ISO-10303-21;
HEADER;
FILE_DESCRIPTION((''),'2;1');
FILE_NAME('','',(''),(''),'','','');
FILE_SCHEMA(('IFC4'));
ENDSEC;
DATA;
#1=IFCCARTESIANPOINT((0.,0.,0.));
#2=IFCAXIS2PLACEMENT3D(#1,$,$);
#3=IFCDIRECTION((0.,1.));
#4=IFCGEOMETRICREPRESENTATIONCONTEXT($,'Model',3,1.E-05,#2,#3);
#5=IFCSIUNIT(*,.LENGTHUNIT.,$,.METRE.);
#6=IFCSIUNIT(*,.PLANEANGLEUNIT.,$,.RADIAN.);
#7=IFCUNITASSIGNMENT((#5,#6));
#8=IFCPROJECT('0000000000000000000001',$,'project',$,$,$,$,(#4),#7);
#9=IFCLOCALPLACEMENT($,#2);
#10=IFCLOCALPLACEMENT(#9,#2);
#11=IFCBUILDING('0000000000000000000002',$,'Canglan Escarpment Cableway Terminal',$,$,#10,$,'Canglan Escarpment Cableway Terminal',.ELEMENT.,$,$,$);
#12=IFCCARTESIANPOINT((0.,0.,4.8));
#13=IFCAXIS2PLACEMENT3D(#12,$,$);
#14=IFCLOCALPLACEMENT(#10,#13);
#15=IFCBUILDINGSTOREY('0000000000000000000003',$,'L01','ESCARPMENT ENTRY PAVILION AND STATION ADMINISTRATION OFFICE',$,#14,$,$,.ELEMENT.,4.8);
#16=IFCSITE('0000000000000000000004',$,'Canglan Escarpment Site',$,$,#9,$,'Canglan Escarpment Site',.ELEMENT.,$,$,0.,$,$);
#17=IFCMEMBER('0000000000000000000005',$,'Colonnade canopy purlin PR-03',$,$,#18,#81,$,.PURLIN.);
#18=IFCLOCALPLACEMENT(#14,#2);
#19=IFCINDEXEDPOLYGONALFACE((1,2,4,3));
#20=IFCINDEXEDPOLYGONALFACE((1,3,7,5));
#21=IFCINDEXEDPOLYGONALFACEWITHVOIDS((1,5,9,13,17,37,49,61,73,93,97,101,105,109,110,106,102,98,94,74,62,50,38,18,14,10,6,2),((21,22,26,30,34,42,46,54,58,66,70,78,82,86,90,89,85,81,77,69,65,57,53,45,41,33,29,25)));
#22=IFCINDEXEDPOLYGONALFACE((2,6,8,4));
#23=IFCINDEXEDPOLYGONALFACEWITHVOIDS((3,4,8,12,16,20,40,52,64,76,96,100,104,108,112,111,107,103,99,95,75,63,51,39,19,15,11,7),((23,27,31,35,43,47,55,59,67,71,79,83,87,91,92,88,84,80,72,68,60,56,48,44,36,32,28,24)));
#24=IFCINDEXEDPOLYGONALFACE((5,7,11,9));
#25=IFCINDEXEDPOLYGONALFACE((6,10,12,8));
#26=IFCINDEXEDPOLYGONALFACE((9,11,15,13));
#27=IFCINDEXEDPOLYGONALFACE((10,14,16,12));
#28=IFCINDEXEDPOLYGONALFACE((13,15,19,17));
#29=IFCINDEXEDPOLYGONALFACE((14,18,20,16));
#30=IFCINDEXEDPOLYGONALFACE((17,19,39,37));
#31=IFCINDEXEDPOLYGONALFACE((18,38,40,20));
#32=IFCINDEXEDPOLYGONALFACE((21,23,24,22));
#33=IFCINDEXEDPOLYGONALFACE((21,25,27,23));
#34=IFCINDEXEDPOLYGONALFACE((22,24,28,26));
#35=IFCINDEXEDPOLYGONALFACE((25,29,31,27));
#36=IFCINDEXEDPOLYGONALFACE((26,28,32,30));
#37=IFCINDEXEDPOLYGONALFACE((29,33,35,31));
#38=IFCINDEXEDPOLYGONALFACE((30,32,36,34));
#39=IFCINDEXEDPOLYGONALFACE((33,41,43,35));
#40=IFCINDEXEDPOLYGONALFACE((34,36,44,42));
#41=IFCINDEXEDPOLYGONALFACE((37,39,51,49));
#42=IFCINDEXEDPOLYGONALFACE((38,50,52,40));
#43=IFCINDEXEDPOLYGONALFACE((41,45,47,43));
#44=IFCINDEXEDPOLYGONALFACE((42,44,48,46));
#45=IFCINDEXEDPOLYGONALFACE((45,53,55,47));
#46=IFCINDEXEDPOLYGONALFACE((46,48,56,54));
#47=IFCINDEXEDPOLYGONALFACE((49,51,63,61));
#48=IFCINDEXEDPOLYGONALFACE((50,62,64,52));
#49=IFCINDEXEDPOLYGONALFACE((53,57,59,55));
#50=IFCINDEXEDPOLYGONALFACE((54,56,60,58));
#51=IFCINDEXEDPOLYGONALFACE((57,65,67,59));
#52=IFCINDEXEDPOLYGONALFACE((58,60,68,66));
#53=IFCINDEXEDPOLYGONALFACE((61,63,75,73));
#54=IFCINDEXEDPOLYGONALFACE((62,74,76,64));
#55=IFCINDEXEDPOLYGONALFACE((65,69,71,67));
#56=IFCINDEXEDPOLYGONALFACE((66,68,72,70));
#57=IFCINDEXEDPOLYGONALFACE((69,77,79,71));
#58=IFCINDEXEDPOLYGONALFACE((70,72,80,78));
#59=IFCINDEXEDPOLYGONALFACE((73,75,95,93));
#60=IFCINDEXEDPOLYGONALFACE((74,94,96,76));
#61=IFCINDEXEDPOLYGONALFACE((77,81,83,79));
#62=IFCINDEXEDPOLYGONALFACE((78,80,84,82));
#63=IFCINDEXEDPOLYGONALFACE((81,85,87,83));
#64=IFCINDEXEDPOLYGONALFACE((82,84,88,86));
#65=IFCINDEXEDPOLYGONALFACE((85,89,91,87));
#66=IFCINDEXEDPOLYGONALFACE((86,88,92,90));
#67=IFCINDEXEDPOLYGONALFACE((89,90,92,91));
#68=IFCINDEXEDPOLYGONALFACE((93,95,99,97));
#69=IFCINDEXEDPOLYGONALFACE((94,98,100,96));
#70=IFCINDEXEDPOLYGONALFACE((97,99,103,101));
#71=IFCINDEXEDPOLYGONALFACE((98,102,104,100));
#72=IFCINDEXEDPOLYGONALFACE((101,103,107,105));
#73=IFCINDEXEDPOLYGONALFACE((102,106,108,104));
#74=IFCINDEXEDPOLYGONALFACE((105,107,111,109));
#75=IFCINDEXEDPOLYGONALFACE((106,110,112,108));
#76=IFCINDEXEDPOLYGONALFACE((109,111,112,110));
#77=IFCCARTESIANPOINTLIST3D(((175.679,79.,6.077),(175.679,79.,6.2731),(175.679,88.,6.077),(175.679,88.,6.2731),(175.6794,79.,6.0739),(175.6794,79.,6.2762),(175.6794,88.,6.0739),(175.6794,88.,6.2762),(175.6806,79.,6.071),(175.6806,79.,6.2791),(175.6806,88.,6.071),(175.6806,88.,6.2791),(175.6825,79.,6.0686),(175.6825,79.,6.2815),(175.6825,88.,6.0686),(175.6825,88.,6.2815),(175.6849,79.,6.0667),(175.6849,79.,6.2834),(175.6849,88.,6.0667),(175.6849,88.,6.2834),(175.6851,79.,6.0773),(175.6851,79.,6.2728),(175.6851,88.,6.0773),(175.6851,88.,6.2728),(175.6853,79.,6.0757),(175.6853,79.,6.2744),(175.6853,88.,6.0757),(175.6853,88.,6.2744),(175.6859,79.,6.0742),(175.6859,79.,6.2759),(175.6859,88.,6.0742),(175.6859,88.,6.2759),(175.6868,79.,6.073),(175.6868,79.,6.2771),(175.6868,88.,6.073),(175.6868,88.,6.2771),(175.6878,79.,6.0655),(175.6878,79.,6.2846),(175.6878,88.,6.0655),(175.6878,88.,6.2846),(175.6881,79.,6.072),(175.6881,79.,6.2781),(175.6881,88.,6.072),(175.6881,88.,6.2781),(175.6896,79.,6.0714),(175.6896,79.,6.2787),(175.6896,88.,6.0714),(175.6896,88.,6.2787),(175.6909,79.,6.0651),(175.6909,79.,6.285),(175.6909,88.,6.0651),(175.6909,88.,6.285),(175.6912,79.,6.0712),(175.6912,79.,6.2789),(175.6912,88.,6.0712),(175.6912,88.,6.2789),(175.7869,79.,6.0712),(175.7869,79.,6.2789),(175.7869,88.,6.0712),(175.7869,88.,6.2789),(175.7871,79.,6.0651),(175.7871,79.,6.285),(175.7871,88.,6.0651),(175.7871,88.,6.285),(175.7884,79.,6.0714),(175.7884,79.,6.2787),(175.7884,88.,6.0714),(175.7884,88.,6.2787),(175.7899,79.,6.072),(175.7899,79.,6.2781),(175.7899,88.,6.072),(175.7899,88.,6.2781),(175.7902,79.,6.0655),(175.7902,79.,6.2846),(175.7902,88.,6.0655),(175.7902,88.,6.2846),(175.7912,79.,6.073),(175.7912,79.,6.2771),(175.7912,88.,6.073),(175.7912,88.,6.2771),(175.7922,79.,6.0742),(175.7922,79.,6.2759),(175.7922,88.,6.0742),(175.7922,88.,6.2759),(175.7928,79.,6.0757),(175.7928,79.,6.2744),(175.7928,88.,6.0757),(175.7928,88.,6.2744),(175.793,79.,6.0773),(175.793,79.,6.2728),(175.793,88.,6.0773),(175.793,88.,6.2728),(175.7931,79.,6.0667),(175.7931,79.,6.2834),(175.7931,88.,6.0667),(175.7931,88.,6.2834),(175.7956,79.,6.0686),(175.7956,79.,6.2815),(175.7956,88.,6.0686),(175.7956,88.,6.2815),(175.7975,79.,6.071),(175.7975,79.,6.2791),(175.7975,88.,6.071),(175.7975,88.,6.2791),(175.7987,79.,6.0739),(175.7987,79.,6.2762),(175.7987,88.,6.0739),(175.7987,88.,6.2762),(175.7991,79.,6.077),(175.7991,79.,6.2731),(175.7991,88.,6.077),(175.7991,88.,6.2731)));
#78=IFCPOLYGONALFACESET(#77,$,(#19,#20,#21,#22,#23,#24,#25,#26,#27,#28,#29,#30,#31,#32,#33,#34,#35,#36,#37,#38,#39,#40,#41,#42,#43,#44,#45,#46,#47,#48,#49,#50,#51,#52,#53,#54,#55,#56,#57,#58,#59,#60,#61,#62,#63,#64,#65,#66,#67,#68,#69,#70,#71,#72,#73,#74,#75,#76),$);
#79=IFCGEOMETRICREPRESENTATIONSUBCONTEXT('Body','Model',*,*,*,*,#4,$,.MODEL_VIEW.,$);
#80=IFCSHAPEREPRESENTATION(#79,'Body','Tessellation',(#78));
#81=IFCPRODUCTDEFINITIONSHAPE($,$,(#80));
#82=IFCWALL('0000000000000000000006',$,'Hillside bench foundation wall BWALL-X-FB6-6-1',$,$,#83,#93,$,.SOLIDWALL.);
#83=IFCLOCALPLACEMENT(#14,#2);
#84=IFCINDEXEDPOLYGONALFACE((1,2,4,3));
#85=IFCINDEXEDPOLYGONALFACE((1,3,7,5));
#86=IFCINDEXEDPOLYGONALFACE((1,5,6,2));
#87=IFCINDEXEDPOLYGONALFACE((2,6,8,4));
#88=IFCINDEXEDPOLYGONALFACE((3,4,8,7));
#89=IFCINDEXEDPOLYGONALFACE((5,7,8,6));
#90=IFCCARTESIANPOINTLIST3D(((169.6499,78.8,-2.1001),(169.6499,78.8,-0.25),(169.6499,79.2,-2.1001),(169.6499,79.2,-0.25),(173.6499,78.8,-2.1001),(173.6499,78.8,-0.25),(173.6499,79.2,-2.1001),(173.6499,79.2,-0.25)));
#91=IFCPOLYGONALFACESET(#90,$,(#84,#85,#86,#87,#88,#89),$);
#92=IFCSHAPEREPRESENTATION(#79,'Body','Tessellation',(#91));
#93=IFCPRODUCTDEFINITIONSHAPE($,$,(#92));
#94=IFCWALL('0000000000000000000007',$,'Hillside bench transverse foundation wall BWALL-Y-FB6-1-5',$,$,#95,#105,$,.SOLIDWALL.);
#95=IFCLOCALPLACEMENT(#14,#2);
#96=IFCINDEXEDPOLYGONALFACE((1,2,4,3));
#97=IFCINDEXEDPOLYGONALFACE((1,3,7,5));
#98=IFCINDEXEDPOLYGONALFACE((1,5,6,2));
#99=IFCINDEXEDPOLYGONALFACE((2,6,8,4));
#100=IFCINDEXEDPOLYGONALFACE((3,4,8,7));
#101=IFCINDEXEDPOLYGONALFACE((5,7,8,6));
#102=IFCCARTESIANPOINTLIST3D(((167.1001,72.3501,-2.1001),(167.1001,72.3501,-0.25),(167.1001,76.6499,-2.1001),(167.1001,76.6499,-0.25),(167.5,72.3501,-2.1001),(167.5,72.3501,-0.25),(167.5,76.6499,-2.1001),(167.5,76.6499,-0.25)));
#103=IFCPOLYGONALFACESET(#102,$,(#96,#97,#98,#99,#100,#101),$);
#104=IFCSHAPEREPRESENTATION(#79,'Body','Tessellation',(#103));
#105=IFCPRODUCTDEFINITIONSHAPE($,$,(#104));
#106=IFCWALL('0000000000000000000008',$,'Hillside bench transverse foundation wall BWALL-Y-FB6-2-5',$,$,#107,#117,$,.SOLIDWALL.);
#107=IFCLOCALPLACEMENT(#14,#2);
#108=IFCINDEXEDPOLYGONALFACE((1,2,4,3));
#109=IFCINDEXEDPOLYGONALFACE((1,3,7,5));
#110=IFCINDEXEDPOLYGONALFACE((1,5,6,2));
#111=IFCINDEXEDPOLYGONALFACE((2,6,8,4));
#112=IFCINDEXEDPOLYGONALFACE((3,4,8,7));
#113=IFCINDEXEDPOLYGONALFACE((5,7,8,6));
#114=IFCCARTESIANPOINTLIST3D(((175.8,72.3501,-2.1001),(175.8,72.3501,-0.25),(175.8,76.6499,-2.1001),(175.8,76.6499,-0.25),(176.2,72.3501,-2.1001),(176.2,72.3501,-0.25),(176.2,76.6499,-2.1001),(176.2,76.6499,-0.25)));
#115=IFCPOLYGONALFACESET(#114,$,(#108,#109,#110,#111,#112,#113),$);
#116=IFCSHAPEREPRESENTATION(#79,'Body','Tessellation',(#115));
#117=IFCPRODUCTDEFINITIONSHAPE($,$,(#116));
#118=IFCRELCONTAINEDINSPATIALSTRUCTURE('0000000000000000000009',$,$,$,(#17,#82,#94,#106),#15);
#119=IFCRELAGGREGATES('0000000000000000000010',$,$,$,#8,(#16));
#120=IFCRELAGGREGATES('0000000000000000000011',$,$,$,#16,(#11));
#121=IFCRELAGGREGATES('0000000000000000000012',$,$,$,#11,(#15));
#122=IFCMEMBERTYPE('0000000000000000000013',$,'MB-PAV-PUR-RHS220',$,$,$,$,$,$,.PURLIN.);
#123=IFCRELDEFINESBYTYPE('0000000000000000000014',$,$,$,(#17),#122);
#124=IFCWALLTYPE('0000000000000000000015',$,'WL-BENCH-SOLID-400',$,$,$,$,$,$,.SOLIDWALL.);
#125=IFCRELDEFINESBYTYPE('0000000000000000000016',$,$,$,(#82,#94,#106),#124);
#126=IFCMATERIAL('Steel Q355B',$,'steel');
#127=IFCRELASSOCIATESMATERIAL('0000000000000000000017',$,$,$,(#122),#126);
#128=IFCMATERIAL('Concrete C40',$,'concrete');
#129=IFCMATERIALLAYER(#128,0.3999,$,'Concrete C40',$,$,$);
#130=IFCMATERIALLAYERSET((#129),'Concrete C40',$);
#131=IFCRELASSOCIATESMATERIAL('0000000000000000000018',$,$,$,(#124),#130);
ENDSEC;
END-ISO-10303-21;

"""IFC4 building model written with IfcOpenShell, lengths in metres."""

from ifc_helpers import new_model, si_unit, direction, frame, frame_2d, origin, origin_2d, place, context, subcontext, project, spatial, rectangle, hollow_rectangle, extrude, material, layer, layer_set, material_profile, profile_set, type_object, element, save


model = new_model("IFC4")

# Units and contexts
model_context = context("Model", 3, precision=1e-05, world=origin(), true_north=direction((0.0, 1.0)))
body_context = subcontext(model_context, "Body", "Model", "MODEL_VIEW")
ifc_project = project(units=[si_unit("LENGTHUNIT", "METRE"), si_unit("PLANEANGLEUNIT", "RADIAN")], contexts=[model_context])

# Site, building, storey
site_placement = place(None, origin())
site = spatial("IfcSite", under=ifc_project, at=site_placement, Name="Canglan Escarpment Site", LongName="Canglan Escarpment Site", CompositionType="ELEMENT", RefElevation=0.0)
building_placement = place(site_placement, origin())
building = spatial("IfcBuilding", under=site, at=building_placement, Name="Canglan Escarpment Cableway Terminal", LongName="Canglan Escarpment Cableway Terminal", CompositionType="ELEMENT")
storey_placement = place(building_placement, frame((0.0, 0.0, 4.8)))
storey = spatial("IfcBuildingStorey", under=building, at=storey_placement, Name="L01", Description="ESCARPMENT ENTRY PAVILION AND STATION ADMINISTRATION OFFICE", CompositionType="ELEMENT", Elevation=4.8)

# Shared definitions
ifc_material_1 = material(Name="Concrete C40", Category="concrete")

# Shared definitions
ifc_material_2 = material(Name="Steel Q355B", Category="steel")

# Member
ifc_material_profile_1 = material_profile(ifc_material_2, hollow_rectangle(XDim=0.1201, YDim=0.22, WallThickness=0.0061, InnerFilletRadius=0.0061, OuterFilletRadius=0.012, at=origin_2d()), Name="RHS 220x120x6")
ifc_profile_set_1 = profile_set([ifc_material_profile_1], Name="Steel Q355B")
member_type_1 = type_object("IfcMemberType", Name="MB-PAV-PUR-RHS220", PredefinedType="PURLIN", material=ifc_profile_set_1)
for number, where, z_axis, x_axis, name in (
    (1, (175.739, 79.0, 6.175), (0.0, 1.0, 0.0), (-1.0, 0.0, 0.0), "Colonnade canopy purlin PR-03"),
):
    element("IfcMember", number, at=place(storey_placement, frame(where, z_axis=z_axis, x_axis=x_axis)), inside=storey, type_object=member_type_1, Name=name, PredefinedType="PURLIN", context=body_context, shape_type="SweptSolid", body=[
        extrude(hollow_rectangle(XDim=0.1201, YDim=0.22, WallThickness=0.0061, InnerFilletRadius=0.0061, OuterFilletRadius=0.012, at=origin_2d()), origin(), (0.0, 0.0, 1.0), 9.0),
    ])

# Walls
ifc_layer = layer(ifc_material_1, 0.3999, Name="Concrete C40")
ifc_layer_set = layer_set([ifc_layer], Name="Concrete C40")
wall_type = type_object("IfcWallType", Name="WL-BENCH-SOLID-400", PredefinedType="SOLIDWALL", material=ifc_layer_set)
wall_placement = place(storey_placement, frame((169.6499, 79.0, -2.1001), z_axis=(0.0, 0.0, 1.0), x_axis=(1.0, 0.0, 0.0)))
element("IfcWall", 2, at=wall_placement, inside=storey, type_object=wall_type, Name="Hillside bench foundation wall BWALL-X-FB6-6-1", PredefinedType="SOLIDWALL", context=body_context, shape_type="SweptSolid", body=[
    extrude(rectangle(XDim=4.0, YDim=0.3999, at=frame_2d((2.0, 0.0))), origin(), (0.0, 0.0, 1.0), 1.8501),
])
for number, where, z_axis, x_axis, name in (
    (3, (167.3, 72.3501, -2.1001), (0.0, 0.0, 1.0), (0.0, 1.0, 0.0), "Hillside bench transverse foundation wall BWALL-Y-FB6-1-5"),
    (4, (176.0, 72.3501, -2.1001), (0.0, 0.0, 1.0), (0.0, 1.0, 0.0), "Hillside bench transverse foundation wall BWALL-Y-FB6-2-5"),
):
    element("IfcWall", number, at=place(storey_placement, frame(where, z_axis=z_axis, x_axis=x_axis)), inside=storey, type_object=wall_type, Name=name, PredefinedType="SOLIDWALL", context=body_context, shape_type="SweptSolid", body=[
        extrude(rectangle(XDim=4.2998, YDim=0.3999, at=frame_2d((2.1499, 0.0))), origin(), (0.0, 0.0, 1.0), 1.8501),
    ])

save(model, "model.ifc")
